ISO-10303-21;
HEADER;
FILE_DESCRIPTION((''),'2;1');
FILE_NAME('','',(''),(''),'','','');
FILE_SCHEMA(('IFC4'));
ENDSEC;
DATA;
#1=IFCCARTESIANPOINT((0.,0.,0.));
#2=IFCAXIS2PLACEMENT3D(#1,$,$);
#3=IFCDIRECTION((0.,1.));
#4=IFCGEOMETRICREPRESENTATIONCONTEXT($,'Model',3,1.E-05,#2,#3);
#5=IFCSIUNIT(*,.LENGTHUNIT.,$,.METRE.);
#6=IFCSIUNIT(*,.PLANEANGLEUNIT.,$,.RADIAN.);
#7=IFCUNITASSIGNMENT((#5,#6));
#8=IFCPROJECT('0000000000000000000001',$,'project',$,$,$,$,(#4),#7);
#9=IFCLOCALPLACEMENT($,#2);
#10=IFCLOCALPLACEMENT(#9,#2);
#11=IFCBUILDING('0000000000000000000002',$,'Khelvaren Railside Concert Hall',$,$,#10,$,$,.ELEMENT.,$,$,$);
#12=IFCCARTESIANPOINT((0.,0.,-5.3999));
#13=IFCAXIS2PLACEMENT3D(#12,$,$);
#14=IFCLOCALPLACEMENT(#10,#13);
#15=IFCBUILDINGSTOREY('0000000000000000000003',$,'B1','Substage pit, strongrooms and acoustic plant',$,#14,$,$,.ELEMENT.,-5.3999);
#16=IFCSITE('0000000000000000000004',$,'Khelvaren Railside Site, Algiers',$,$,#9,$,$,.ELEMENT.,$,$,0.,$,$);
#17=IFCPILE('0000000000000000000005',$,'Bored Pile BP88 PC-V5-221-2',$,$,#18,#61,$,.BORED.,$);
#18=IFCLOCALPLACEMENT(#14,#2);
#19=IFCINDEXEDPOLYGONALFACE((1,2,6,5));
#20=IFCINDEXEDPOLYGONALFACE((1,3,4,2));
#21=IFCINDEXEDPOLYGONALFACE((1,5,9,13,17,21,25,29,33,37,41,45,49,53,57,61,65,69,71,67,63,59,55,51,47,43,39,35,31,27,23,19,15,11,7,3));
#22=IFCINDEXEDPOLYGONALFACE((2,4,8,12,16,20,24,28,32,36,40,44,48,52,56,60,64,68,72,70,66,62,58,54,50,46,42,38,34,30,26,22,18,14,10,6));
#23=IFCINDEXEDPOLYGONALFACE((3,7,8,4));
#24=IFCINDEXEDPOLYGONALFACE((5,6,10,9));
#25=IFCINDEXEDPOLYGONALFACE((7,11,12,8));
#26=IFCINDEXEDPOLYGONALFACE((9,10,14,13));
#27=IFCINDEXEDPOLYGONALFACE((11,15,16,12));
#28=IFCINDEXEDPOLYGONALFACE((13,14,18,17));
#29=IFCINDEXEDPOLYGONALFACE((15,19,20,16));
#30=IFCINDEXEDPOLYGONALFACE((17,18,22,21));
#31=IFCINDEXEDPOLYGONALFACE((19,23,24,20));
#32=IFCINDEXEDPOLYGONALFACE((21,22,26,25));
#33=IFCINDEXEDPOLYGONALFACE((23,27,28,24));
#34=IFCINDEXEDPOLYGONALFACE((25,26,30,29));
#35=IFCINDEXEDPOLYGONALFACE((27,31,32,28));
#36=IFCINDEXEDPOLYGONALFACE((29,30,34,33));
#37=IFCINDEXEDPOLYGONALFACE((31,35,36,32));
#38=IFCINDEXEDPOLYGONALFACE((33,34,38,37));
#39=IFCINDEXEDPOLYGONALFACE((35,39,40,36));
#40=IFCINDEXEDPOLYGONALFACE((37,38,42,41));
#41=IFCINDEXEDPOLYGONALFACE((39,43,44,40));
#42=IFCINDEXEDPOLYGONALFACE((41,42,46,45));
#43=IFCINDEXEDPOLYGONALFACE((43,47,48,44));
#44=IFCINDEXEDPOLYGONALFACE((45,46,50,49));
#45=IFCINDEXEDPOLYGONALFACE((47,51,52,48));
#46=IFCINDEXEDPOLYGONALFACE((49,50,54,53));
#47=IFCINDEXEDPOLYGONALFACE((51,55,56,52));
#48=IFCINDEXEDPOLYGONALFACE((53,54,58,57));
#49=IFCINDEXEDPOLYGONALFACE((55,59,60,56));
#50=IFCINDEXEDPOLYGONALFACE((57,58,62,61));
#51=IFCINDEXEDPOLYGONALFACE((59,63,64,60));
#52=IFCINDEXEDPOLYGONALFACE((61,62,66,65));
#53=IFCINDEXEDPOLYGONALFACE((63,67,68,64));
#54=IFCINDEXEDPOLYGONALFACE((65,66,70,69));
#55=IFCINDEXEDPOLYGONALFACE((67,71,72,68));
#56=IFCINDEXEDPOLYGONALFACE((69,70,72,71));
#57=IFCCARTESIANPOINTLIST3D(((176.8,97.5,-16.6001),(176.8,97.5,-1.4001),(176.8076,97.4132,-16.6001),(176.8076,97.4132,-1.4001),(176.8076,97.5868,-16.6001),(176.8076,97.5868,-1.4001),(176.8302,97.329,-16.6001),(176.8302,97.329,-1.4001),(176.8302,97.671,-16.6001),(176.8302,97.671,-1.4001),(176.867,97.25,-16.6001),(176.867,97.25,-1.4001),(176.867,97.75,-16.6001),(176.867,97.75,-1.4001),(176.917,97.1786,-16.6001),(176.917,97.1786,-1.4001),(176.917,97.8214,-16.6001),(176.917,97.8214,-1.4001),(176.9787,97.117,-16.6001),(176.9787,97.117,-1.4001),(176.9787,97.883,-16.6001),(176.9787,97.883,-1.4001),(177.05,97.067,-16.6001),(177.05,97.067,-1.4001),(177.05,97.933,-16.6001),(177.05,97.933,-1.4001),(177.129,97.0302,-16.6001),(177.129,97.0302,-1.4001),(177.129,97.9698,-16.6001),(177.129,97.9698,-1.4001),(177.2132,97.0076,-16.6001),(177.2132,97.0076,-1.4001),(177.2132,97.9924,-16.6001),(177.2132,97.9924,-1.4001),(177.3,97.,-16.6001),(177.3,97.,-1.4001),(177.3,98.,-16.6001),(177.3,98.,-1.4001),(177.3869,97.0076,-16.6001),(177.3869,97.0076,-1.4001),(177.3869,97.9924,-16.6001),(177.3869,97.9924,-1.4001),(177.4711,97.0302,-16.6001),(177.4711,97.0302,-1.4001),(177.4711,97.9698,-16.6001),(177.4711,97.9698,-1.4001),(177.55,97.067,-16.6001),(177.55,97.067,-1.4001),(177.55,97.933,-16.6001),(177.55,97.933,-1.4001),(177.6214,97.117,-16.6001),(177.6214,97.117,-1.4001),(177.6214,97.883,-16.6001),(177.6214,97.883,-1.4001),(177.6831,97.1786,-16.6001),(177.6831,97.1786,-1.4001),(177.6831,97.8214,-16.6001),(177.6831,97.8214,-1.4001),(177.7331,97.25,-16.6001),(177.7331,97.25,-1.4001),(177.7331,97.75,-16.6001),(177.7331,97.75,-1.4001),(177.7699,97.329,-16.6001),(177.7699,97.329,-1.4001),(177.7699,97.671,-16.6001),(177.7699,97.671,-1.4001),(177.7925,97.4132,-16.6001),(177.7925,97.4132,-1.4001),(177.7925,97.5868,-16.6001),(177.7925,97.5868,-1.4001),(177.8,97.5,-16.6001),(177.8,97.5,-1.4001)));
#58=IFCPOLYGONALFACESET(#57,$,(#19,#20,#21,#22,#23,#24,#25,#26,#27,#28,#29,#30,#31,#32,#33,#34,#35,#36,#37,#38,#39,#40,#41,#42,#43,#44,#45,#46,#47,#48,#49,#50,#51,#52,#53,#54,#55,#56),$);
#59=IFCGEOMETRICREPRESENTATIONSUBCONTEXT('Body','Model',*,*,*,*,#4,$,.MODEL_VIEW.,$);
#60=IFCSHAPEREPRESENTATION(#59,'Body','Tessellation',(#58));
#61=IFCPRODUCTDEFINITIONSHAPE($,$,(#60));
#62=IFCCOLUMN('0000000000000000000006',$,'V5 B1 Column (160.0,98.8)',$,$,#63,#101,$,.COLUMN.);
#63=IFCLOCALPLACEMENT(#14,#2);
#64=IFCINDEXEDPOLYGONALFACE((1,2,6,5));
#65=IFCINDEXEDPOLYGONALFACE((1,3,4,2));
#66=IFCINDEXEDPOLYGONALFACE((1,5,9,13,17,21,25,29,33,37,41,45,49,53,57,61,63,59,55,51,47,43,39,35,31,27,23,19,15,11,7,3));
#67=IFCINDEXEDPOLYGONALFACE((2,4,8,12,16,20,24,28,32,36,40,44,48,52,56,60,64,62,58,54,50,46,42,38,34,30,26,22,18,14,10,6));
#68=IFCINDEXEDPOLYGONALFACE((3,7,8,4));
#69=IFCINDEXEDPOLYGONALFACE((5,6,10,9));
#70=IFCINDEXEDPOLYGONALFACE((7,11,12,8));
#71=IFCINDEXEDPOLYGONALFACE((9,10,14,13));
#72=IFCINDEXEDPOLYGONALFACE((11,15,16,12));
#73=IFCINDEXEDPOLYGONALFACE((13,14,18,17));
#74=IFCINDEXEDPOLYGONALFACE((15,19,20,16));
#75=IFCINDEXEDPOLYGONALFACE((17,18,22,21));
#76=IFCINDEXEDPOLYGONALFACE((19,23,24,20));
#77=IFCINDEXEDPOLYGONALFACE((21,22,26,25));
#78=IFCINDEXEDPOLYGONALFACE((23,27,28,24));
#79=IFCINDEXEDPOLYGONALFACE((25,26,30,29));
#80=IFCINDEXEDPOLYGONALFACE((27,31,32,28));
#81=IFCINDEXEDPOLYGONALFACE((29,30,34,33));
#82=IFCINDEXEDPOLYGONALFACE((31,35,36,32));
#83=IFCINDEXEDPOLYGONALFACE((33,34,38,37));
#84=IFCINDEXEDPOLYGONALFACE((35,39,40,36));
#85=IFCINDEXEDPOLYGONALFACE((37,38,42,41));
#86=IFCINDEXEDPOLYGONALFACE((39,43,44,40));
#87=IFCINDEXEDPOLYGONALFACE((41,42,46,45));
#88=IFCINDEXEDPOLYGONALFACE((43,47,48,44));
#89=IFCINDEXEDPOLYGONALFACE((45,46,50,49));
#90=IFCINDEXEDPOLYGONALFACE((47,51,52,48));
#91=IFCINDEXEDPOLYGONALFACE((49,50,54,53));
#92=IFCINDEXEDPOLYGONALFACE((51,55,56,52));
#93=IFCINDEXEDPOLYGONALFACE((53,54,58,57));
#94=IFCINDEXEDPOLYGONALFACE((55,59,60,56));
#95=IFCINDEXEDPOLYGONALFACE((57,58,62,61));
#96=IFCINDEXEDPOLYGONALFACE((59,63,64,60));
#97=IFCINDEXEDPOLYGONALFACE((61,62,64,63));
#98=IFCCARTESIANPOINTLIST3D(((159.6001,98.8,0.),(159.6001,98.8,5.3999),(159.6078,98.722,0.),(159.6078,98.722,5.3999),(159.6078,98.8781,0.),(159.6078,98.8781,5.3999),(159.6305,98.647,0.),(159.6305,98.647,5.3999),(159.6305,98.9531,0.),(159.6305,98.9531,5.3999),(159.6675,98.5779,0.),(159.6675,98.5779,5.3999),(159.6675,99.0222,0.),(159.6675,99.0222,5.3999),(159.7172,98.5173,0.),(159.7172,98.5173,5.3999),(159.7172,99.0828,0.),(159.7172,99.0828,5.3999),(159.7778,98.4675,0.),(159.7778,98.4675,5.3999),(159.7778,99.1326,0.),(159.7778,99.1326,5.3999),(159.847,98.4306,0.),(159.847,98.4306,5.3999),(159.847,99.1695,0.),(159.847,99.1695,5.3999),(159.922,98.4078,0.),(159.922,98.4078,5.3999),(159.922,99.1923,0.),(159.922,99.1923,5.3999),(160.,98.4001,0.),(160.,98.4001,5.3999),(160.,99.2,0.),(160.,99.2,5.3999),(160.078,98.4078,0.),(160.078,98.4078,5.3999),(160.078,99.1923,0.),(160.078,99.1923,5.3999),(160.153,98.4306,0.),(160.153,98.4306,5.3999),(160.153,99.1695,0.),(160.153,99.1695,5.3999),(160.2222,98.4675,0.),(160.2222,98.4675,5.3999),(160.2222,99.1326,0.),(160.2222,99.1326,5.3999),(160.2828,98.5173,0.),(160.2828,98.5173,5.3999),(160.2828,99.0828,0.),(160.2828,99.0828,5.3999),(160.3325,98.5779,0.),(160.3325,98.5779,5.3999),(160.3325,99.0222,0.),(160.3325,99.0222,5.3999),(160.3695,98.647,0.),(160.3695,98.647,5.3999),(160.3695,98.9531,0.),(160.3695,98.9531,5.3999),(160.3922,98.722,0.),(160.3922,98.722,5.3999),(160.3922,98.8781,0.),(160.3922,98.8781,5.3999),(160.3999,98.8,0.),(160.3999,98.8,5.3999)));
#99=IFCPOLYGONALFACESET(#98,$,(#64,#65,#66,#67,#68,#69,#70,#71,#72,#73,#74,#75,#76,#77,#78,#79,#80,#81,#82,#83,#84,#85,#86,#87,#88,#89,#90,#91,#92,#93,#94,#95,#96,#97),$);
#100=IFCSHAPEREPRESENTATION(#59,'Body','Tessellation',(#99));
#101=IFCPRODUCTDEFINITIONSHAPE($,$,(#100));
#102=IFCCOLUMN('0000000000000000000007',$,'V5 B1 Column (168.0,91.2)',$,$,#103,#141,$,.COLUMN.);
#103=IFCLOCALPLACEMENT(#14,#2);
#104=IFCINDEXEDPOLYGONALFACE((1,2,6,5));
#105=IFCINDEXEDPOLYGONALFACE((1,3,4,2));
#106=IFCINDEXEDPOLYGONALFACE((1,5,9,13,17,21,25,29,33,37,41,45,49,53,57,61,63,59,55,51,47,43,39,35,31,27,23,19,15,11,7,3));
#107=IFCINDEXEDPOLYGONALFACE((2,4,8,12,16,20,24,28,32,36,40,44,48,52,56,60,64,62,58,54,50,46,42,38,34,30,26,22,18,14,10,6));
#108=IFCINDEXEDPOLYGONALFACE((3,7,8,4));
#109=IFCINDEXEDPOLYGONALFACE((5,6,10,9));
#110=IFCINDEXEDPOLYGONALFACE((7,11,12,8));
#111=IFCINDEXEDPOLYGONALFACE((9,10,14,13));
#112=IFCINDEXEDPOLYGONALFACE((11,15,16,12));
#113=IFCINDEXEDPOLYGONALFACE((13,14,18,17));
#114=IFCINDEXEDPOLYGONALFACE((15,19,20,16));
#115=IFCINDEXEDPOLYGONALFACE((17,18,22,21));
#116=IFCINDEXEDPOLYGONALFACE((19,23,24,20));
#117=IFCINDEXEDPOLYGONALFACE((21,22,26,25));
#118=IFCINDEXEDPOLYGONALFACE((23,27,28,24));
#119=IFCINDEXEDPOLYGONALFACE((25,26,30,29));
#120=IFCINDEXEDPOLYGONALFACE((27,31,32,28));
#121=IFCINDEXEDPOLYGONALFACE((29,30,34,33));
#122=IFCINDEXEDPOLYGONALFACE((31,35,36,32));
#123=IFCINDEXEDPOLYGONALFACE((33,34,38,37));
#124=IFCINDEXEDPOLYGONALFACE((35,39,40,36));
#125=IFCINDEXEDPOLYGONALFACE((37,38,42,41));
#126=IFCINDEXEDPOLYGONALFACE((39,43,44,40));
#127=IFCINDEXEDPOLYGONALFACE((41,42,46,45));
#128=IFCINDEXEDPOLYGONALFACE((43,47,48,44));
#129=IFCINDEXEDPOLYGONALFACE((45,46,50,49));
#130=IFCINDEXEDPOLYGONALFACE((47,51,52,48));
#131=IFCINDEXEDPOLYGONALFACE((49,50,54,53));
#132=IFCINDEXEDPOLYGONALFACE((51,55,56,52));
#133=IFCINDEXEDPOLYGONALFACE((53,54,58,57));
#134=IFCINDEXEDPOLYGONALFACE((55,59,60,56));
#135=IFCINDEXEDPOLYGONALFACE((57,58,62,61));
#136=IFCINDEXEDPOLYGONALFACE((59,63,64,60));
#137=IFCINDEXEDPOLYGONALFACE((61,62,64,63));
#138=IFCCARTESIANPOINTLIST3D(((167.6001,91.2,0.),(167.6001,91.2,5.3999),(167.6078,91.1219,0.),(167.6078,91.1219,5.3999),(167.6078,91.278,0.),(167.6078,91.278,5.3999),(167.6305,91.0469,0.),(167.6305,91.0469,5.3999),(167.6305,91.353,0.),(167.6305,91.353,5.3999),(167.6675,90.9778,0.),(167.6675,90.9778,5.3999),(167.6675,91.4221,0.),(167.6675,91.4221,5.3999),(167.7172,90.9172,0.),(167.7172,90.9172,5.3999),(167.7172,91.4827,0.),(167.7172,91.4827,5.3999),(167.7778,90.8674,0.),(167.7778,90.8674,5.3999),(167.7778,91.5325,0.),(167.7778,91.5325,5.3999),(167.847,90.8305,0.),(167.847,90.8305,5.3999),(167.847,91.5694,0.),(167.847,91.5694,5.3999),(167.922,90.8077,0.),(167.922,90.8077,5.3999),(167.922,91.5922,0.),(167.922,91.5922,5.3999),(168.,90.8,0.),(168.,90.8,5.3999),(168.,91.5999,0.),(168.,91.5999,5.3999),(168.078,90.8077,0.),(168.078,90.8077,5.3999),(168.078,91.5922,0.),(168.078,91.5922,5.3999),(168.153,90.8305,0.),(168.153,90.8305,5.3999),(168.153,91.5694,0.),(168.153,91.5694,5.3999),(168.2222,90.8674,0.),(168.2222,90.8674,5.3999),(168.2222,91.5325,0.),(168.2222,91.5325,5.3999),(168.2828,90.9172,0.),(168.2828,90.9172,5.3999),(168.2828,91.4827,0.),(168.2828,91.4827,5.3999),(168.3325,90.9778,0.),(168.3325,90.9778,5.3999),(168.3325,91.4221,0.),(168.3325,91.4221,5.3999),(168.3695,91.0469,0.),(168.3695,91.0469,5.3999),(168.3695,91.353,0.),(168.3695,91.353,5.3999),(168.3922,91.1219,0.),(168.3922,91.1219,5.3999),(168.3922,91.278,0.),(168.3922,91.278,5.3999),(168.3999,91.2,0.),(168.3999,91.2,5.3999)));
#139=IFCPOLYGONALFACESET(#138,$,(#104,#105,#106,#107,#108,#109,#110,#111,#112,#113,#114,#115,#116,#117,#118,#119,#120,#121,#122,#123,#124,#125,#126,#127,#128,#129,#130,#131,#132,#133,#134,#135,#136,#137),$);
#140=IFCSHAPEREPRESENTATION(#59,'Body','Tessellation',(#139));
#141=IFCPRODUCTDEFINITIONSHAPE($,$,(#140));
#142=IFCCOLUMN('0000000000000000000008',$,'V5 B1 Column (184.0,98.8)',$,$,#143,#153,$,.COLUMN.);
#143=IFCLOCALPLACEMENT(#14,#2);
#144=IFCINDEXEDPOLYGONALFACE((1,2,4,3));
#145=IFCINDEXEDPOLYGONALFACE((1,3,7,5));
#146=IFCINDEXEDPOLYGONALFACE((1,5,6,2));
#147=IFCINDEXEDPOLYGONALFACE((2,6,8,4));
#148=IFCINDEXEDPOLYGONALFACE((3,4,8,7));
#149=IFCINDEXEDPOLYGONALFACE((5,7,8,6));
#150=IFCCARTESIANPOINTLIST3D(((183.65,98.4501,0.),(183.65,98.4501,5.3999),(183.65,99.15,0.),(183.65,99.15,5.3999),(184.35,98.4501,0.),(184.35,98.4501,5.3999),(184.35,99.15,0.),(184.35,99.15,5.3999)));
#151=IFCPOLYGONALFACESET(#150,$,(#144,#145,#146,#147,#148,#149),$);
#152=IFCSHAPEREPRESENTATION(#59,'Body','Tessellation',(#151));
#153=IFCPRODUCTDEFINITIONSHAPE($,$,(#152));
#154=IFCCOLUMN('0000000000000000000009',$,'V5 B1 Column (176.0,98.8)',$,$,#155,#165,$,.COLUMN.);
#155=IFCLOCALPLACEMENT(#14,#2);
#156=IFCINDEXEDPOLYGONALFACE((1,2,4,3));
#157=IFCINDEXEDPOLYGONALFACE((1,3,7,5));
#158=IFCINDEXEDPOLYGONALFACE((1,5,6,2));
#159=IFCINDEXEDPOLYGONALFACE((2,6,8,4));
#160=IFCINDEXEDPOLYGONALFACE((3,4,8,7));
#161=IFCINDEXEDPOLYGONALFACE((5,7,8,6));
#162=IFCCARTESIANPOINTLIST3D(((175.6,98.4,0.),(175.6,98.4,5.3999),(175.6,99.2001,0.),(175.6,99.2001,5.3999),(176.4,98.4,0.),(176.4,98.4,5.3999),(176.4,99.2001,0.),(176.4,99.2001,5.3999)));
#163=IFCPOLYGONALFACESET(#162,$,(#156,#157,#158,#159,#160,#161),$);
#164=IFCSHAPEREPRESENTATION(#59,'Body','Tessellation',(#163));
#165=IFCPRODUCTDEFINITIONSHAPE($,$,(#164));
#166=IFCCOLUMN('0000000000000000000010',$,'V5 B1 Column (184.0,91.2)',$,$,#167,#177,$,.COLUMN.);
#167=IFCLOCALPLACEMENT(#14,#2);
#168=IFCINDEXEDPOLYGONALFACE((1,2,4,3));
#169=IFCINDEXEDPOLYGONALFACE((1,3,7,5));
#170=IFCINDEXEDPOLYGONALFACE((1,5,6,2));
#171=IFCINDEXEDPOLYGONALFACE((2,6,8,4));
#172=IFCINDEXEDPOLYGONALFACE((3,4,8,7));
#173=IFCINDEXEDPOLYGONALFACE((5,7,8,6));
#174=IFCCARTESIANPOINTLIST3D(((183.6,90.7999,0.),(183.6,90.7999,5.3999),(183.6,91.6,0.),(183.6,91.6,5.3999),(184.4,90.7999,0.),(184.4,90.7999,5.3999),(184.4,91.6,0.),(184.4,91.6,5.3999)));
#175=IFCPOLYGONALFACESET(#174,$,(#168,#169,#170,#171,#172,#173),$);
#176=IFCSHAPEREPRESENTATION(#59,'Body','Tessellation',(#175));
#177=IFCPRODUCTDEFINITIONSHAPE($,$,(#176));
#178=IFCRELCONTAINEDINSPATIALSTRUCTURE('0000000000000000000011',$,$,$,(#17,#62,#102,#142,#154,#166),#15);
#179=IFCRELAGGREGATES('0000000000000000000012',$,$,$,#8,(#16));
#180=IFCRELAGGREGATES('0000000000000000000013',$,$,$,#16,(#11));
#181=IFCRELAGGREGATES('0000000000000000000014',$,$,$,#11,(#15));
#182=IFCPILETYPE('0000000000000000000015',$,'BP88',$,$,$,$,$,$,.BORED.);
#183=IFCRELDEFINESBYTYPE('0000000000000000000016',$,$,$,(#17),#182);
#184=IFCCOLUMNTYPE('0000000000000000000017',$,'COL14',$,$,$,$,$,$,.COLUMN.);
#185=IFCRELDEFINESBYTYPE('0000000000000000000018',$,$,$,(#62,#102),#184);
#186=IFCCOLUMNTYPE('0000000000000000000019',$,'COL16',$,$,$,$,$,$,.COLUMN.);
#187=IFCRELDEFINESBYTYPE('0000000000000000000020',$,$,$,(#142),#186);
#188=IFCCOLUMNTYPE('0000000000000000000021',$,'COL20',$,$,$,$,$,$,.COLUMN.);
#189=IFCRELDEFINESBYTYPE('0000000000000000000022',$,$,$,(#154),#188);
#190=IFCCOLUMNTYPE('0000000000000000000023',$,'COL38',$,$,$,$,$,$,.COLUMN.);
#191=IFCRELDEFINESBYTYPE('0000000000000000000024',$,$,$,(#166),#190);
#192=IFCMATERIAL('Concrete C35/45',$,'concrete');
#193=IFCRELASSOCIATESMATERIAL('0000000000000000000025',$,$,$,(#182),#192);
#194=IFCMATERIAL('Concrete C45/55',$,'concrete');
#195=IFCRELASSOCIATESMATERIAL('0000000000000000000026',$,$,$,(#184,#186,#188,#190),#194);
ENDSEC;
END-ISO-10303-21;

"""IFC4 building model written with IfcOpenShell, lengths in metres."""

from ifc_helpers import new_model, si_unit, direction, frame, origin, origin_2d, place, context, subcontext, project, spatial, rectangle, circle, extrude, material, material_profile, profile_set, type_object, element, save


model = new_model("IFC4")

# Units and contexts
model_context = context("Model", 3, precision=1e-05, world=origin(), true_north=direction((0.0, 1.0)))
body_context = subcontext(model_context, "Body", "Model", "MODEL_VIEW")
ifc_project = project(units=[si_unit("LENGTHUNIT", "METRE"), si_unit("PLANEANGLEUNIT", "RADIAN")], contexts=[model_context])

# Site, building, storey
site_placement = place(None, origin())
site = spatial("IfcSite", under=ifc_project, at=site_placement, Name="Khelvaren Railside Site, Algiers", CompositionType="ELEMENT", RefElevation=0.0)
building_placement = place(site_placement, origin())
building = spatial("IfcBuilding", under=site, at=building_placement, Name="Khelvaren Railside Concert Hall", CompositionType="ELEMENT")
storey_placement = place(building_placement, frame((0.0, 0.0, -5.3999)))
storey = spatial("IfcBuildingStorey", under=building, at=storey_placement, Name="B1", Description="Substage pit, strongrooms and acoustic plant", CompositionType="ELEMENT", Elevation=-5.3999)

# Pile
ifc_material_1 = material(Name="Concrete C35/45", Category="concrete")
ifc_material_profile_1 = material_profile(ifc_material_1, circle(Radius=0.5, at=origin_2d()), Name="BP D1000")
ifc_profile_set_1 = profile_set([ifc_material_profile_1], Name="Concrete C35/45")
pile_type_1 = type_object("IfcPileType", Name="BP88", PredefinedType="BORED", material=ifc_profile_set_1)
for number, where, z_axis, x_axis, name in (
    (1, (177.3, 97.5, -1.4001), (0.0, 0.0, -1.0), (1.0, 0.0, 0.0), "Bored Pile BP88 PC-V5-221-2"),
):
    element("IfcPile", number, at=place(storey_placement, frame(where, z_axis=z_axis, x_axis=x_axis)), inside=storey, type_object=pile_type_1, Name=name, PredefinedType="BORED", context=body_context, shape_type="SweptSolid", body=[
        extrude(circle(Radius=0.5, at=origin_2d()), origin(), (0.0, 0.0, 1.0), 15.2),
    ])

# Columns
ifc_material_2 = material(Name="Concrete C45/55", Category="concrete")
ifc_material_profile_2 = material_profile(ifc_material_2, circle(Radius=0.3999, at=origin_2d()), Name="RC D800")
ifc_profile_set_2 = profile_set([ifc_material_profile_2], Name="Concrete C45/55")
column_type_1 = type_object("IfcColumnType", Name="COL14", PredefinedType="COLUMN", material=ifc_profile_set_2)
for number, where, z_axis, x_axis, name in (
    (2, (160.0, 98.8, 0.0), (0.0, 0.0, 1.0), (1.0, 0.0, 0.0), "V5 B1 Column (160.0,98.8)"),
    (3, (168.0, 91.2, 0.0), (0.0, 0.0, 1.0), (1.0, 0.0, 0.0), "V5 B1 Column (168.0,91.2)"),
):
    element("IfcColumn", number, at=place(storey_placement, frame(where, z_axis=z_axis, x_axis=x_axis)), inside=storey, type_object=column_type_1, Name=name, PredefinedType="COLUMN", context=body_context, shape_type="SweptSolid", body=[
        extrude(circle(Radius=0.3999, at=origin_2d()), origin(), (0.0, 0.0, 1.0), 5.3999),
    ])
ifc_material_profile_3 = material_profile(ifc_material_2, rectangle(XDim=0.7, YDim=0.7, at=origin_2d()), Name="RC 700x700")
ifc_profile_set_3 = profile_set([ifc_material_profile_3], Name="Concrete C45/55")
column_type_2 = type_object("IfcColumnType", Name="COL16", PredefinedType="COLUMN", material=ifc_profile_set_3)
column_1_placement = place(storey_placement, frame((184.0, 98.8, 0.0), z_axis=(0.0, 0.0, 1.0), x_axis=(1.0, 0.0, 0.0)))
element("IfcColumn", 4, at=column_1_placement, inside=storey, type_object=column_type_2, Name="V5 B1 Column (184.0,98.8)", PredefinedType="COLUMN", context=body_context, shape_type="SweptSolid", body=[
    extrude(rectangle(XDim=0.7, YDim=0.7, at=origin_2d()), origin(), (0.0, 0.0, 1.0), 5.3999),
])
ifc_material_profile_4 = material_profile(ifc_material_2, rectangle(XDim=0.8, YDim=0.8, at=origin_2d()), Name="RC 800x800")
ifc_profile_set_4 = profile_set([ifc_material_profile_4], Name="Concrete C45/55")
column_type_3 = type_object("IfcColumnType", Name="COL20", PredefinedType="COLUMN", material=ifc_profile_set_4)
column_2_placement = place(storey_placement, frame((176.0, 98.8, 0.0), z_axis=(0.0, 0.0, 1.0), x_axis=(1.0, 0.0, 0.0)))
element("IfcColumn", 5, at=column_2_placement, inside=storey, type_object=column_type_3, Name="V5 B1 Column (176.0,98.8)", PredefinedType="COLUMN", context=body_context, shape_type="SweptSolid", body=[
    extrude(rectangle(XDim=0.8, YDim=0.8, at=origin_2d()), origin(), (0.0, 0.0, 1.0), 5.3999),
])
ifc_material_profile_5 = material_profile(ifc_material_2, rectangle(XDim=0.8, YDim=0.8, at=origin_2d()), Name="RC 800x800")
ifc_profile_set_5 = profile_set([ifc_material_profile_5], Name="Concrete C45/55")
column_type_4 = type_object("IfcColumnType", Name="COL38", PredefinedType="COLUMN", material=ifc_profile_set_5)
column_3_placement = place(storey_placement, frame((184.0, 91.2, 0.0), z_axis=(0.0, 0.0, 1.0), x_axis=(1.0, 0.0, 0.0)))
element("IfcColumn", 6, at=column_3_placement, inside=storey, type_object=column_type_4, Name="V5 B1 Column (184.0,91.2)", PredefinedType="COLUMN", context=body_context, shape_type="SweptSolid", body=[
    extrude(rectangle(XDim=0.8, YDim=0.8, at=origin_2d()), origin(), (0.0, 0.0, 1.0), 5.3999),
])

save(model, "model.ifc")
